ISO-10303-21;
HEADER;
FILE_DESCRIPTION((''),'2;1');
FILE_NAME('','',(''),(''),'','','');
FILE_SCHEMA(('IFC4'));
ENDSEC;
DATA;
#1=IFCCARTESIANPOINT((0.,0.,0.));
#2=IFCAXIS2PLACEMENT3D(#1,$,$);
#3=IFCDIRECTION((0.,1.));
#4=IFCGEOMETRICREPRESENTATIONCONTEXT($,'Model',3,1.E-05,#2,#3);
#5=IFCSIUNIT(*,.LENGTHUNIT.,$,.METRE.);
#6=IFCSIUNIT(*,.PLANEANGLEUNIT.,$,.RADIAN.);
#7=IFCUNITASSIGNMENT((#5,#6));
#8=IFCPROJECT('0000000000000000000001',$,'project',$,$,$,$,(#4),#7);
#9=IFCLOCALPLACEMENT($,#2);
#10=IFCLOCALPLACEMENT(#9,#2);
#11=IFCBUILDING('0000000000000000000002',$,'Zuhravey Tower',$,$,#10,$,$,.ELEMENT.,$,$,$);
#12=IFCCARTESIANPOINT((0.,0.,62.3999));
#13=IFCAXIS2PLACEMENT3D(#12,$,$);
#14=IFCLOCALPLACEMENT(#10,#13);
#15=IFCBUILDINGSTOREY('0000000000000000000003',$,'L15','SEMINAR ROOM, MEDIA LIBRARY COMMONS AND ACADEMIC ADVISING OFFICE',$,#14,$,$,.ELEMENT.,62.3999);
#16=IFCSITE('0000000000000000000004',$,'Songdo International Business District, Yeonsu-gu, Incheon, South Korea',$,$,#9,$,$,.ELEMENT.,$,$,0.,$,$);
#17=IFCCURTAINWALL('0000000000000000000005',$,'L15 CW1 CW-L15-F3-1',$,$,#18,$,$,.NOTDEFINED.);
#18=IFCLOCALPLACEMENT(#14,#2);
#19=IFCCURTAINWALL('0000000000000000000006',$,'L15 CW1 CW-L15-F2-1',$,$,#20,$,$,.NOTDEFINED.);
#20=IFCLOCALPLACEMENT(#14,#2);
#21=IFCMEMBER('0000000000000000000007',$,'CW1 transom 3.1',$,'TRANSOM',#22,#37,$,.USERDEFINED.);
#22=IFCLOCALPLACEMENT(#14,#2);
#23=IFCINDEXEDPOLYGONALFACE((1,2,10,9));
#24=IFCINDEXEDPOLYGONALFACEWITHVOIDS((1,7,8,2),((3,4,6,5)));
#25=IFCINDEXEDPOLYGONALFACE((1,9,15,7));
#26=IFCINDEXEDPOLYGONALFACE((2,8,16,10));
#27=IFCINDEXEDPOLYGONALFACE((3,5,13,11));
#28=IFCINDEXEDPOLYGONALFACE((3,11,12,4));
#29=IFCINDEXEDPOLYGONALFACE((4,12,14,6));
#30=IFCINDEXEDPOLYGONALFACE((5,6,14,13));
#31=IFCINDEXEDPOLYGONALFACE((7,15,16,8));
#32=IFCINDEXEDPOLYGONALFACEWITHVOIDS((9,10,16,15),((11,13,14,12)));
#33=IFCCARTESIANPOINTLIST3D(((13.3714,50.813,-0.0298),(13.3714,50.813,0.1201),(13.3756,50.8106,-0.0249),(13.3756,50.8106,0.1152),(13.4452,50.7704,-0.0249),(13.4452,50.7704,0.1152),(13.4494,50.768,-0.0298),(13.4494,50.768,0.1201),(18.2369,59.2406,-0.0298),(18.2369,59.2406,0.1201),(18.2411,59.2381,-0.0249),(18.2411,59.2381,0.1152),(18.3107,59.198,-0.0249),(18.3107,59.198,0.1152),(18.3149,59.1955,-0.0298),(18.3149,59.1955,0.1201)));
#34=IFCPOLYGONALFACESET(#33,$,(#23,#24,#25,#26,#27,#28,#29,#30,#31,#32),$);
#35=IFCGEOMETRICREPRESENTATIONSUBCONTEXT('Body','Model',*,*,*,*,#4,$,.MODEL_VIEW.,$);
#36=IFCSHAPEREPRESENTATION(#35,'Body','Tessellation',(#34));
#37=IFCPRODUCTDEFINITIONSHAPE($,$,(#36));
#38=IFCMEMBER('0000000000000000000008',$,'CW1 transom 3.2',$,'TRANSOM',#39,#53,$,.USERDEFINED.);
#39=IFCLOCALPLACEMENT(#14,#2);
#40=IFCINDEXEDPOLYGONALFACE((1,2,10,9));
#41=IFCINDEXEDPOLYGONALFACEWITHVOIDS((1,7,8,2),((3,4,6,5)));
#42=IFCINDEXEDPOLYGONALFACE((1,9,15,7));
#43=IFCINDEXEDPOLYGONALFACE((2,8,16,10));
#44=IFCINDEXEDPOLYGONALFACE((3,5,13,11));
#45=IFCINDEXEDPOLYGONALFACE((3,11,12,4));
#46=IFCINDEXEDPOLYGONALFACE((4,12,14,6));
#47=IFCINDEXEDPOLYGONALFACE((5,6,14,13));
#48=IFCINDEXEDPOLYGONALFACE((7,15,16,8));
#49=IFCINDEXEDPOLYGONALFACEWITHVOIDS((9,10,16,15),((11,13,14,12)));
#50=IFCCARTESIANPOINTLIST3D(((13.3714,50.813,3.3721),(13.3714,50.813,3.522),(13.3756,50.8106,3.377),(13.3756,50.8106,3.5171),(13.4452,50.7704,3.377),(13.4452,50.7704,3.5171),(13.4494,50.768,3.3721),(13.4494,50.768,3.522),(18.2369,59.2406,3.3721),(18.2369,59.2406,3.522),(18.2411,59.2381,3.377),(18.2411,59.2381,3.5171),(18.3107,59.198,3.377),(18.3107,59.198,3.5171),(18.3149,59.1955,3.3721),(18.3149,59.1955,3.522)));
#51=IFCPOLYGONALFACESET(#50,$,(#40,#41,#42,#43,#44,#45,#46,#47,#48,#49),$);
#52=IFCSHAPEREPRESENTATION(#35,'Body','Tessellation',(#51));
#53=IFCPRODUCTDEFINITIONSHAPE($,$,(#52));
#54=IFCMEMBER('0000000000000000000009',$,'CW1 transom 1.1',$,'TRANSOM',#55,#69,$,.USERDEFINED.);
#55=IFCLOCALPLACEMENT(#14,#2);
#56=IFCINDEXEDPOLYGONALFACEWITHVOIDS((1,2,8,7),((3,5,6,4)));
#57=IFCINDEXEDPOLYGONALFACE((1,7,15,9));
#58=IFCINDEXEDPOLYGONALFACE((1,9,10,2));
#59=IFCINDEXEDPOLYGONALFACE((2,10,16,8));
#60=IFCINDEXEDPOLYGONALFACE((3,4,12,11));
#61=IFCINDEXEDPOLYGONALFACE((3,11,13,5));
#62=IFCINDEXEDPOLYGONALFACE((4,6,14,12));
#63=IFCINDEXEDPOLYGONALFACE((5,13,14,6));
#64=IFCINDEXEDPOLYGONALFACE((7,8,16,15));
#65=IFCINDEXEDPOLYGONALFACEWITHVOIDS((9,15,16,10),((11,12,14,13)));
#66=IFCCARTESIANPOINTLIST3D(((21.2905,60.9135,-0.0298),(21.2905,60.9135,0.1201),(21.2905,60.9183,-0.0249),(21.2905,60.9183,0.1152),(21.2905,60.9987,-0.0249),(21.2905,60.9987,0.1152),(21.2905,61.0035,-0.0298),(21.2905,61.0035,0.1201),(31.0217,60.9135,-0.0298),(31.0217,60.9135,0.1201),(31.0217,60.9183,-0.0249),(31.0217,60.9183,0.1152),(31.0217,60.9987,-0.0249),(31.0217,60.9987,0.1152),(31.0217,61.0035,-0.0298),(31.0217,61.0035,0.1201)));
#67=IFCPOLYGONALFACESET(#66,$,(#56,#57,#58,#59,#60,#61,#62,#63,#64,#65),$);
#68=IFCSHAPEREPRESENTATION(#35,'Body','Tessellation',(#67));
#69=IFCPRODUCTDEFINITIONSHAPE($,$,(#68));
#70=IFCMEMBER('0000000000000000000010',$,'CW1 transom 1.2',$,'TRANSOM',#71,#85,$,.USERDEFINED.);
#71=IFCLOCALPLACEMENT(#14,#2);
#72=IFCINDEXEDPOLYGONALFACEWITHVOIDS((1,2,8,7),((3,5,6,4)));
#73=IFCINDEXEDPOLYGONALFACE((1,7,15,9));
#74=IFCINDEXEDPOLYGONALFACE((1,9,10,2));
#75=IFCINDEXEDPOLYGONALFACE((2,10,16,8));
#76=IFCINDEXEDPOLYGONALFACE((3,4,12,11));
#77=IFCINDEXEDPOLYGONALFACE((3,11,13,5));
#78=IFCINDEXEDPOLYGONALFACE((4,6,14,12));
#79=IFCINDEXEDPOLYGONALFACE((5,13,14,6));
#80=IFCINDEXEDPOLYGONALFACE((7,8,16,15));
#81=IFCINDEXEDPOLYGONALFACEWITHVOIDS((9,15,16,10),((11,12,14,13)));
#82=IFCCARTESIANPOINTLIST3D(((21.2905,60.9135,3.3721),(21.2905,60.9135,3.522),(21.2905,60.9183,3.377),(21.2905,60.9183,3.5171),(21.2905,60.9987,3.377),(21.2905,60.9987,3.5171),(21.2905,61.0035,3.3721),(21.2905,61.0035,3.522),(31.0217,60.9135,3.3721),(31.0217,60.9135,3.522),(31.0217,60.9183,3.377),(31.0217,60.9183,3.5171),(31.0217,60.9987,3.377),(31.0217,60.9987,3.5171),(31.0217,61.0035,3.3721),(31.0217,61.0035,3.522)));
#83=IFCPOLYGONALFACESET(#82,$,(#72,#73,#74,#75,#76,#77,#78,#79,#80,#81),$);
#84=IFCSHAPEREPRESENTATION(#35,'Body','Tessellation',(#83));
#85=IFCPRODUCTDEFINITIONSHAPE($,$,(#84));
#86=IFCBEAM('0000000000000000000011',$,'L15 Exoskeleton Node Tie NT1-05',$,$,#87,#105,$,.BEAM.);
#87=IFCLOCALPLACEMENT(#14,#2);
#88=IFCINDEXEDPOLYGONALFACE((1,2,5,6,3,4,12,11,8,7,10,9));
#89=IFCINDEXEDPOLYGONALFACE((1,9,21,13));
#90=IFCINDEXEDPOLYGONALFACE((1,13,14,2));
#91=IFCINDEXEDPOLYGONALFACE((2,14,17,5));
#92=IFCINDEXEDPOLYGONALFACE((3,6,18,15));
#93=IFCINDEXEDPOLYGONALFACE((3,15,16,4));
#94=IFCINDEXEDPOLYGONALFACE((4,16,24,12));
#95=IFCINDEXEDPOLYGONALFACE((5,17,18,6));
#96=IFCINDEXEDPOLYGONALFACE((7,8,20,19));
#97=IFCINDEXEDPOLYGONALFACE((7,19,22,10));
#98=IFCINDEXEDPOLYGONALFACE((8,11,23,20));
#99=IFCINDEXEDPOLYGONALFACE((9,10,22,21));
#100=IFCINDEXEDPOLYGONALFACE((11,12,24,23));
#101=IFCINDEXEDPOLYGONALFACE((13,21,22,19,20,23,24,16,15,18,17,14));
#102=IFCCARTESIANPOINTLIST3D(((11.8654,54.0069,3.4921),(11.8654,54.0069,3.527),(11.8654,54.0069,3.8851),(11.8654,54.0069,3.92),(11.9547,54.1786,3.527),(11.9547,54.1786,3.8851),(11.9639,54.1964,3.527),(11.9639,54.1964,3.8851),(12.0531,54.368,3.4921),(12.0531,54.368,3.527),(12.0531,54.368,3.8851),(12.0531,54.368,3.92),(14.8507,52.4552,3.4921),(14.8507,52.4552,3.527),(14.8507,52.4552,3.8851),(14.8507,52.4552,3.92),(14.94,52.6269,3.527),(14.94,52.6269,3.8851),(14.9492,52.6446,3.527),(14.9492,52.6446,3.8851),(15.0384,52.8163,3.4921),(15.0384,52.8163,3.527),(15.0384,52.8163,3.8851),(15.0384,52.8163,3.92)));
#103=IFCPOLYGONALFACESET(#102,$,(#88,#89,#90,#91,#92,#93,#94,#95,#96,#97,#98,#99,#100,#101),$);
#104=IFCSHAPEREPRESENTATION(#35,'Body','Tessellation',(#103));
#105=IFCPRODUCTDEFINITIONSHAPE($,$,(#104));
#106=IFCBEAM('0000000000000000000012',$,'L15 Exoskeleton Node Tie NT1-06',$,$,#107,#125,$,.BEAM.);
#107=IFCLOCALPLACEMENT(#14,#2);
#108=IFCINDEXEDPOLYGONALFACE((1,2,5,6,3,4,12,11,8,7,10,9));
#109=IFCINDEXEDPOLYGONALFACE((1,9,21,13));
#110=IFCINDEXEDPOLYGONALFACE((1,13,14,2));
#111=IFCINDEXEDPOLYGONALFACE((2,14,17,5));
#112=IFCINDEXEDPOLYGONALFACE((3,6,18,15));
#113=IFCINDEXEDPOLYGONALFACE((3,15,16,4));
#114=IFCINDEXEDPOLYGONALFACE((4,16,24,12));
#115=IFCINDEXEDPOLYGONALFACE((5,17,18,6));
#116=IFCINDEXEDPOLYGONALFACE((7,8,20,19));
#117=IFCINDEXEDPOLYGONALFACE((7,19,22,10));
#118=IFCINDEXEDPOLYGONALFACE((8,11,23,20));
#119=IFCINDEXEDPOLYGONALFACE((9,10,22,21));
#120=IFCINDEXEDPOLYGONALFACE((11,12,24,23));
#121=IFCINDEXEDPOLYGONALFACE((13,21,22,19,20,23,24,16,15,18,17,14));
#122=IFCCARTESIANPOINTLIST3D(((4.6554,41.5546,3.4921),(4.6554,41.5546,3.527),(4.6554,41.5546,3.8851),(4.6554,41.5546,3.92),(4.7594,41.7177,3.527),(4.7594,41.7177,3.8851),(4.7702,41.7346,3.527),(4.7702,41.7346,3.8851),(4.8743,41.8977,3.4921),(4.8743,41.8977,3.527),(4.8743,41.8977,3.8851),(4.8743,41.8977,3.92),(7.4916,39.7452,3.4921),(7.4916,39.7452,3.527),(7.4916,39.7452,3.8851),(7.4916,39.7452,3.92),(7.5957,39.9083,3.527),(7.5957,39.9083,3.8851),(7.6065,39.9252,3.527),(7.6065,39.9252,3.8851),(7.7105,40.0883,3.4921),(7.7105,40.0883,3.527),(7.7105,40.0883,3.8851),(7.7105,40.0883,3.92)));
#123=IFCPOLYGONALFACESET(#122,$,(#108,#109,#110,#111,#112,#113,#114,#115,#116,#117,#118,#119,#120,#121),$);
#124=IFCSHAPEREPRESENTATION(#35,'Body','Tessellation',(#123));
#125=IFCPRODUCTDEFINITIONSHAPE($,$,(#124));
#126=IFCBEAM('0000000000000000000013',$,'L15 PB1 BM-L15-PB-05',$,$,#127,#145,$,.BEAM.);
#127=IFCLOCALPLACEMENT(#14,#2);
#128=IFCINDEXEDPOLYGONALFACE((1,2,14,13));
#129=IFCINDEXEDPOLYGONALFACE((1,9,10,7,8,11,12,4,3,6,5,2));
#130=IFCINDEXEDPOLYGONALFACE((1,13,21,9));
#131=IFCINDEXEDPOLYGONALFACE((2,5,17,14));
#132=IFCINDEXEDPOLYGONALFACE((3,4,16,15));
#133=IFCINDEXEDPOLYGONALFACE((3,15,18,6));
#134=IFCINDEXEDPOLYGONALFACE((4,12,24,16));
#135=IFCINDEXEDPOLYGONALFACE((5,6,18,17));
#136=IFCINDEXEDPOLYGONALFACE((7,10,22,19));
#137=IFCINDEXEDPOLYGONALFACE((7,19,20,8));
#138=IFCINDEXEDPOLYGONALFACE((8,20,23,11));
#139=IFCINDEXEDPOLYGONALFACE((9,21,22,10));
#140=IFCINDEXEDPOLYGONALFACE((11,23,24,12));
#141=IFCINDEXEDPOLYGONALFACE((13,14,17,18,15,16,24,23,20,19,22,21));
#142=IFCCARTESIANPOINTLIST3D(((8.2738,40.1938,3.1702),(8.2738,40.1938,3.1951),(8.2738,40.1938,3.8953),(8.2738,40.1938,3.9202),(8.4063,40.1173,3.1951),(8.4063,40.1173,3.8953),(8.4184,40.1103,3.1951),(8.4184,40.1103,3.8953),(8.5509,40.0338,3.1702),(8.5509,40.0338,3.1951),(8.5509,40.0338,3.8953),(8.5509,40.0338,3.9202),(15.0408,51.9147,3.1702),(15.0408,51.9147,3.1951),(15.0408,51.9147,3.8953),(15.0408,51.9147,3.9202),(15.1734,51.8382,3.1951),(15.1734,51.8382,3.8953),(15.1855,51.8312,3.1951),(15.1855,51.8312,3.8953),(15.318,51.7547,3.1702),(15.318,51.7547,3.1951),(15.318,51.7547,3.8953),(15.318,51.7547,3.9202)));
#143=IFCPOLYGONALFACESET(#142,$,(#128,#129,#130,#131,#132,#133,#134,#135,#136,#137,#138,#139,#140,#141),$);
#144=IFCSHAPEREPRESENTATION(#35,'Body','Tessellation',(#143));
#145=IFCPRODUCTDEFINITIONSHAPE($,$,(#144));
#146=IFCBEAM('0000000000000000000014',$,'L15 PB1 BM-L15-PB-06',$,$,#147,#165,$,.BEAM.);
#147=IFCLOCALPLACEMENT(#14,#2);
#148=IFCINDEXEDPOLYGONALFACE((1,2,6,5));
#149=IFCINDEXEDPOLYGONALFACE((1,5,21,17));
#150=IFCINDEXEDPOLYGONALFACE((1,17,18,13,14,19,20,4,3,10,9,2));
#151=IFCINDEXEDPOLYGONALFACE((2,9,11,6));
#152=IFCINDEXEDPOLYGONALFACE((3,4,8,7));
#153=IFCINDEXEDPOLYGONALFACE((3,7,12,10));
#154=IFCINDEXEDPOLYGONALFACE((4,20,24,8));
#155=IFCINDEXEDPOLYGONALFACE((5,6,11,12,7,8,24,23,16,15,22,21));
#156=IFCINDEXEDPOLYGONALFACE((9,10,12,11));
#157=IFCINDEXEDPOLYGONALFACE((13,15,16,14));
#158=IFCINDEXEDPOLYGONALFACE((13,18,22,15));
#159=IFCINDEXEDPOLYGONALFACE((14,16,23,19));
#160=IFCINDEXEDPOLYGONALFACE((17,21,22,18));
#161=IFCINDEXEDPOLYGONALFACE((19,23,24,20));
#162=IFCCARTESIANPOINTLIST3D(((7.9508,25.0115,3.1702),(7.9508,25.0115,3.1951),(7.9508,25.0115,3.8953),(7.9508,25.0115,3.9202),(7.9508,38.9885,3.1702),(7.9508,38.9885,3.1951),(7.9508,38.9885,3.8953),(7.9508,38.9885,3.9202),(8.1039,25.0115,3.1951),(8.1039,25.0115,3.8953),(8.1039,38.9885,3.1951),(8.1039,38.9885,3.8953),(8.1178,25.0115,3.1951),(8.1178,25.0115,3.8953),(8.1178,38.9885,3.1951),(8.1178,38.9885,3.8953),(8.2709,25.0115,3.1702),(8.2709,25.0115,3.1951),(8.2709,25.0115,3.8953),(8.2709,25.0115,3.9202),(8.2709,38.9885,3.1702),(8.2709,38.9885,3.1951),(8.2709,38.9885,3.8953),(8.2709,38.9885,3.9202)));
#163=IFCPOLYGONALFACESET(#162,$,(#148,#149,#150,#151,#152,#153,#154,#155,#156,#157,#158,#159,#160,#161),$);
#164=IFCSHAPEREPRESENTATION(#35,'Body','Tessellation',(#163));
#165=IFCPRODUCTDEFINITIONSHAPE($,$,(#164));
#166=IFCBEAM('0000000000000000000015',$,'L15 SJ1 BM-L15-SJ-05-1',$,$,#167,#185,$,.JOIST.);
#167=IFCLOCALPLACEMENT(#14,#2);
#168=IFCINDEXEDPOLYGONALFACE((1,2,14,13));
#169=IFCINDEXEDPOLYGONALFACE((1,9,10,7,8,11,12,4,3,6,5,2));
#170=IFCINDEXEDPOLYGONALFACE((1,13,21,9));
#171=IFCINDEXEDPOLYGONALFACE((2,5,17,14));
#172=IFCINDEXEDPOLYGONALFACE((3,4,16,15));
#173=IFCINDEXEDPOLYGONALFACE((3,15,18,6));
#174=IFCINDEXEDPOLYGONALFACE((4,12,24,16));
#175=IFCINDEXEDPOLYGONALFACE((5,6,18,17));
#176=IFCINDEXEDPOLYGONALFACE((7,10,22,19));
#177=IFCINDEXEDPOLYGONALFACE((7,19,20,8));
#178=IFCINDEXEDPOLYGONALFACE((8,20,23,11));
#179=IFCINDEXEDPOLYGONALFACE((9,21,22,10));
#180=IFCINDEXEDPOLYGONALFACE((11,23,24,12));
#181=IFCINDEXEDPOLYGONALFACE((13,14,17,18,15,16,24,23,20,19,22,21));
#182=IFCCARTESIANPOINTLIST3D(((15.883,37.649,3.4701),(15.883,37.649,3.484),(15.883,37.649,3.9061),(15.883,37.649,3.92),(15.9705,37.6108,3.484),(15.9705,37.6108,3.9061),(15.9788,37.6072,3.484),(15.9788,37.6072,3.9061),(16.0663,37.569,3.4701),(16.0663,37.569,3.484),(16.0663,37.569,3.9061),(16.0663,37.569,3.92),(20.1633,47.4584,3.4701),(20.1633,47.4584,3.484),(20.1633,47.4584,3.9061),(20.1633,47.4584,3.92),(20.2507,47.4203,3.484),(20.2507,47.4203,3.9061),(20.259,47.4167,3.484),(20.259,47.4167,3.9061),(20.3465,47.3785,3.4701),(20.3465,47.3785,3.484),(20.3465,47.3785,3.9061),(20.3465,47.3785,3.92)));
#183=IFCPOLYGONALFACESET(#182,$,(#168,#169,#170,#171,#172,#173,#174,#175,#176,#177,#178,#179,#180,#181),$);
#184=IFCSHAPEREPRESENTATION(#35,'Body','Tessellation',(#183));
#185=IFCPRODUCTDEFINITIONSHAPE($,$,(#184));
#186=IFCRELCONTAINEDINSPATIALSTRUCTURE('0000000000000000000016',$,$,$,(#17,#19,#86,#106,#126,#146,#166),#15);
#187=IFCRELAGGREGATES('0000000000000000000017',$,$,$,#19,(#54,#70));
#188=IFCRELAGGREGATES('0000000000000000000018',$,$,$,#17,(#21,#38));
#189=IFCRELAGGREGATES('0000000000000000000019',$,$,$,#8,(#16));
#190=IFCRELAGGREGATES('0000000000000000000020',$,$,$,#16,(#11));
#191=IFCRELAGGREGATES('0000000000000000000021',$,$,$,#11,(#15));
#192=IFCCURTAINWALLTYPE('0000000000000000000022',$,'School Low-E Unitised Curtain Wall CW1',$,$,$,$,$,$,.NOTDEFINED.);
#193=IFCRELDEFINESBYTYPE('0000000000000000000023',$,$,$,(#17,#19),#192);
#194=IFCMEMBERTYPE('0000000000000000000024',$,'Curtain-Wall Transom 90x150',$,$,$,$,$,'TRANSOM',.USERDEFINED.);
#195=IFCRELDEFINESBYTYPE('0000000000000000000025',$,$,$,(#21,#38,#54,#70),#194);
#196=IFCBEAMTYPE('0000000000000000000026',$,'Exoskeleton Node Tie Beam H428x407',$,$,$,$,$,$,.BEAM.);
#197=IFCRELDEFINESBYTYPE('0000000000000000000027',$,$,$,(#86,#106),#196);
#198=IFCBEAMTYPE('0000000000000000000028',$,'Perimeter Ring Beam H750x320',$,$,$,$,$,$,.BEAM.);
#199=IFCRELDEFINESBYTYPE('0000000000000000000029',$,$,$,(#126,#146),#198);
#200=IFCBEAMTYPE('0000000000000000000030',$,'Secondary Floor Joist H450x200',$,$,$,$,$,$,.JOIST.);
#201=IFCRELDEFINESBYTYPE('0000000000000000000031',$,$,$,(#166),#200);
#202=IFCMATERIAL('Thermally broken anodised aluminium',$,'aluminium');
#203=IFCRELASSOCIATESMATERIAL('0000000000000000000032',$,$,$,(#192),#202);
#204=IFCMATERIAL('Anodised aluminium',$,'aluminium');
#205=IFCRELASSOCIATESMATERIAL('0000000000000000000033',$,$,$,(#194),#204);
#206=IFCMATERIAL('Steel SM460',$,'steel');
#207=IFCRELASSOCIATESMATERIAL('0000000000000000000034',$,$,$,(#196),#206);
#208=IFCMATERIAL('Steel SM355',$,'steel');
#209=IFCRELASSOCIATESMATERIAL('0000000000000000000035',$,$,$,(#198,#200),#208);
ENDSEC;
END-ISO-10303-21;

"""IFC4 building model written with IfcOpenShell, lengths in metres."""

from ifc_helpers import new_model, si_unit, direction, frame, origin, origin_2d, place, context, subcontext, project, spatial, hollow_rectangle, i_section, extrude, material, material_profile, profile_set, type_object, element, aggregate, save


model = new_model("IFC4")

# Units and contexts
model_context = context("Model", 3, precision=1e-05, world=origin(), true_north=direction((0.0, 1.0)))
body_context = subcontext(model_context, "Body", "Model", "MODEL_VIEW")
ifc_project = project(units=[si_unit("LENGTHUNIT", "METRE"), si_unit("PLANEANGLEUNIT", "RADIAN")], contexts=[model_context])

# Site, building, storey
site_placement = place(None, origin())
site = spatial("IfcSite", under=ifc_project, at=site_placement, Name="Songdo International Business District, Yeonsu-gu, Incheon, South Korea", CompositionType="ELEMENT", RefElevation=0.0)
building_placement = place(site_placement, origin())
building = spatial("IfcBuilding", under=site, at=building_placement, Name="Zuhravey Tower", CompositionType="ELEMENT")
storey_placement = place(building_placement, frame((0.0, 0.0, 62.3999)))
storey = spatial("IfcBuildingStorey", under=building, at=storey_placement, Name="L15", Description="SEMINAR ROOM, MEDIA LIBRARY COMMONS AND ACADEMIC ADVISING OFFICE", CompositionType="ELEMENT", Elevation=62.3999)

# Curtain wall
ifc_material_1 = material(Name="Thermally broken anodised aluminium", Category="aluminium")
curtain_wall_type = type_object("IfcCurtainWallType", Name="School Low-E Unitised Curtain Wall CW1", PredefinedType="NOTDEFINED", material=ifc_material_1)
curtain_wall_1_placement = place(storey_placement, origin())
curtain_wall_1 = element("IfcCurtainWall", 1, at=curtain_wall_1_placement, inside=storey, type_object=curtain_wall_type, Name="L15 CW1 CW-L15-F3-1", PredefinedType="NOTDEFINED")
ifc_material_2 = material(Name="Anodised aluminium", Category="aluminium")

# Curtain wall
curtain_wall_2_placement = place(storey_placement, origin())
curtain_wall_2 = element("IfcCurtainWall", 2, at=curtain_wall_2_placement, inside=storey, type_object=curtain_wall_type, Name="L15 CW1 CW-L15-F2-1", PredefinedType="NOTDEFINED")

# Members
ifc_material_profile_1 = material_profile(ifc_material_2, hollow_rectangle(XDim=0.0901, YDim=0.1499, WallThickness=0.0049, at=origin_2d()), Name="ALU-RHS-90x150x5")
ifc_profile_set_1 = profile_set([ifc_material_profile_1], Name="Anodised aluminium")
member_type_1 = type_object("IfcMemberType", Name="Curtain-Wall Transom 90x150", ElementType="TRANSOM", PredefinedType="USERDEFINED", material=ifc_profile_set_1)
member_1_placement = place(storey_placement, frame((13.4104, 50.7905, 0.0452), z_axis=(0.49999, 0.866031, 0.0), x_axis=(-0.866031, 0.49999, 0.0)))
member_1 = element("IfcMember", 3, at=member_1_placement, type_object=member_type_1, Name="CW1 transom 3.1", ObjectType="TRANSOM", PredefinedType="USERDEFINED", context=body_context, shape_type="SweptSolid", body=[
    extrude(hollow_rectangle(XDim=0.0901, YDim=0.1499, WallThickness=0.0049, at=origin_2d()), origin(), (0.0, 0.0, 1.0), 9.7312),
])
member_2_placement = place(storey_placement, frame((13.4104, 50.7905, 3.447), z_axis=(0.49999, 0.866031, 0.0), x_axis=(-0.866031, 0.49999, 0.0)))
member_2 = element("IfcMember", 4, at=member_2_placement, type_object=member_type_1, Name="CW1 transom 3.2", ObjectType="TRANSOM", PredefinedType="USERDEFINED", context=body_context, shape_type="SweptSolid", body=[
    extrude(hollow_rectangle(XDim=0.0901, YDim=0.1499, WallThickness=0.0049, at=origin_2d()), origin(), (0.0, 0.0, 1.0), 9.7312),
])
member_3_placement = place(storey_placement, frame((21.2905, 60.9585, 0.0452), z_axis=(1.0, 0.0, 0.0), x_axis=(0.0, 1.0, 0.0)))
member_3 = element("IfcMember", 5, at=member_3_placement, type_object=member_type_1, Name="CW1 transom 1.1", ObjectType="TRANSOM", PredefinedType="USERDEFINED", context=body_context, shape_type="SweptSolid", body=[
    extrude(hollow_rectangle(XDim=0.0901, YDim=0.1499, WallThickness=0.0049, at=origin_2d()), origin(), (0.0, 0.0, 1.0), 9.7312),
])
member_4_placement = place(storey_placement, frame((21.2905, 60.9585, 3.447), z_axis=(1.0, 0.0, 0.0), x_axis=(0.0, 1.0, 0.0)))
member_4 = element("IfcMember", 6, at=member_4_placement, type_object=member_type_1, Name="CW1 transom 1.2", ObjectType="TRANSOM", PredefinedType="USERDEFINED", context=body_context, shape_type="SweptSolid", body=[
    extrude(hollow_rectangle(XDim=0.0901, YDim=0.1499, WallThickness=0.0049, at=origin_2d()), origin(), (0.0, 0.0, 1.0), 9.7312),
])
aggregate(curtain_wall_2, [member_3, member_4])

# Beams
ifc_material_3 = material(Name="Steel SM460", Category="steel")
ifc_material_profile_2 = material_profile(ifc_material_3, i_section(OverallWidth=0.407, OverallDepth=0.428, WebThickness=0.02, FlangeThickness=0.0349, at=origin_2d()), Name="H-428x407x20x35")
ifc_profile_set_2 = profile_set([ifc_material_profile_2], Name="Steel SM460")
beam_type_1 = type_object("IfcBeamType", Name="Exoskeleton Node Tie Beam H428x407", PredefinedType="BEAM", material=ifc_profile_set_2)
beam_1_placement = place(storey_placement, frame((14.9446, 52.6357, 3.7061), z_axis=(-0.887293, 0.461207, 0.0), x_axis=(-0.461207, -0.887293, 0.0)))
element("IfcBeam", 7, at=beam_1_placement, inside=storey, type_object=beam_type_1, Name="L15 Exoskeleton Node Tie NT1-05", PredefinedType="BEAM", context=body_context, shape_type="SweptSolid", body=[
    extrude(i_section(OverallWidth=0.407, OverallDepth=0.428, WebThickness=0.02, FlangeThickness=0.0349, at=origin_2d()), origin(), (0.0, 0.0, 1.0), 3.3645),
])
beam_2_placement = place(storey_placement, frame((7.6011, 39.9167, 3.7061), z_axis=(-0.843057, 0.537824, 0.0), x_axis=(-0.537824, -0.843057, 0.0)))
element("IfcBeam", 8, at=beam_2_placement, inside=storey, type_object=beam_type_1, Name="L15 Exoskeleton Node Tie NT1-06", PredefinedType="BEAM", context=body_context, shape_type="SweptSolid", body=[
    extrude(i_section(OverallWidth=0.407, OverallDepth=0.428, WebThickness=0.02, FlangeThickness=0.0349, at=origin_2d()), origin(), (0.0, 0.0, 1.0), 3.3643),
])
ifc_material_4 = material(Name="Steel SM355", Category="steel")
ifc_material_profile_3 = material_profile(ifc_material_4, i_section(OverallWidth=0.3201, OverallDepth=0.75, WebThickness=0.0139, FlangeThickness=0.0249, at=origin_2d()), Name="H-750x320x14x25")
ifc_profile_set_3 = profile_set([ifc_material_profile_3], Name="Steel SM355")
beam_type_2 = type_object("IfcBeamType", Name="Perimeter Ring Beam H750x320", PredefinedType="BEAM", material=ifc_profile_set_3)
beam_3_placement = place(storey_placement, frame((15.1794, 51.8347, 3.5452), z_axis=(-0.5, -0.866025, 0.0), x_axis=(0.866025, -0.5, 0.0)))
element("IfcBeam", 9, at=beam_3_placement, inside=storey, type_object=beam_type_2, Name="L15 PB1 BM-L15-PB-05", PredefinedType="BEAM", context=body_context, shape_type="SweptSolid", body=[
    extrude(i_section(OverallWidth=0.3201, OverallDepth=0.75, WebThickness=0.0139, FlangeThickness=0.0249, at=origin_2d()), origin(), (0.0, 0.0, 1.0), 13.5342),
])
beam_4_placement = place(storey_placement, frame((8.1108, 38.9885, 3.5452), z_axis=(0.0, -1.0, 0.0), x_axis=(1.0, 0.0, 0.0)))
element("IfcBeam", 10, at=beam_4_placement, inside=storey, type_object=beam_type_2, Name="L15 PB1 BM-L15-PB-06", PredefinedType="BEAM", context=body_context, shape_type="SweptSolid", body=[
    extrude(i_section(OverallWidth=0.3201, OverallDepth=0.75, WebThickness=0.0139, FlangeThickness=0.0249, at=origin_2d()), origin(), (0.0, 0.0, 1.0), 13.9771),
])
ifc_material_profile_4 = material_profile(ifc_material_4, i_section(OverallWidth=0.2, OverallDepth=0.45, WebThickness=0.009, FlangeThickness=0.0139, at=origin_2d()), Name="H-450x200x9x14")
ifc_profile_set_4 = profile_set([ifc_material_profile_4], Name="Steel SM355")
beam_type_3 = type_object("IfcBeamType", Name="Secondary Floor Joist H450x200", PredefinedType="JOIST", material=ifc_profile_set_4)
beam_5_placement = place(storey_placement, frame((20.2549, 47.4185, 3.6951), z_axis=(-0.399924, -0.916549, 0.0), x_axis=(0.916549, -0.399924, 0.0)))
element("IfcBeam", 11, at=beam_5_placement, inside=storey, type_object=beam_type_3, Name="L15 SJ1 BM-L15-SJ-05-1", PredefinedType="JOIST", context=body_context, shape_type="SweptSolid", body=[
    extrude(i_section(OverallWidth=0.2, OverallDepth=0.45, WebThickness=0.009, FlangeThickness=0.0139, at=origin_2d()), origin(), (0.0, 0.0, 1.0), 10.7026),
])

aggregate(curtain_wall_1, [member_1, member_2])

save(model, "model.ifc")
